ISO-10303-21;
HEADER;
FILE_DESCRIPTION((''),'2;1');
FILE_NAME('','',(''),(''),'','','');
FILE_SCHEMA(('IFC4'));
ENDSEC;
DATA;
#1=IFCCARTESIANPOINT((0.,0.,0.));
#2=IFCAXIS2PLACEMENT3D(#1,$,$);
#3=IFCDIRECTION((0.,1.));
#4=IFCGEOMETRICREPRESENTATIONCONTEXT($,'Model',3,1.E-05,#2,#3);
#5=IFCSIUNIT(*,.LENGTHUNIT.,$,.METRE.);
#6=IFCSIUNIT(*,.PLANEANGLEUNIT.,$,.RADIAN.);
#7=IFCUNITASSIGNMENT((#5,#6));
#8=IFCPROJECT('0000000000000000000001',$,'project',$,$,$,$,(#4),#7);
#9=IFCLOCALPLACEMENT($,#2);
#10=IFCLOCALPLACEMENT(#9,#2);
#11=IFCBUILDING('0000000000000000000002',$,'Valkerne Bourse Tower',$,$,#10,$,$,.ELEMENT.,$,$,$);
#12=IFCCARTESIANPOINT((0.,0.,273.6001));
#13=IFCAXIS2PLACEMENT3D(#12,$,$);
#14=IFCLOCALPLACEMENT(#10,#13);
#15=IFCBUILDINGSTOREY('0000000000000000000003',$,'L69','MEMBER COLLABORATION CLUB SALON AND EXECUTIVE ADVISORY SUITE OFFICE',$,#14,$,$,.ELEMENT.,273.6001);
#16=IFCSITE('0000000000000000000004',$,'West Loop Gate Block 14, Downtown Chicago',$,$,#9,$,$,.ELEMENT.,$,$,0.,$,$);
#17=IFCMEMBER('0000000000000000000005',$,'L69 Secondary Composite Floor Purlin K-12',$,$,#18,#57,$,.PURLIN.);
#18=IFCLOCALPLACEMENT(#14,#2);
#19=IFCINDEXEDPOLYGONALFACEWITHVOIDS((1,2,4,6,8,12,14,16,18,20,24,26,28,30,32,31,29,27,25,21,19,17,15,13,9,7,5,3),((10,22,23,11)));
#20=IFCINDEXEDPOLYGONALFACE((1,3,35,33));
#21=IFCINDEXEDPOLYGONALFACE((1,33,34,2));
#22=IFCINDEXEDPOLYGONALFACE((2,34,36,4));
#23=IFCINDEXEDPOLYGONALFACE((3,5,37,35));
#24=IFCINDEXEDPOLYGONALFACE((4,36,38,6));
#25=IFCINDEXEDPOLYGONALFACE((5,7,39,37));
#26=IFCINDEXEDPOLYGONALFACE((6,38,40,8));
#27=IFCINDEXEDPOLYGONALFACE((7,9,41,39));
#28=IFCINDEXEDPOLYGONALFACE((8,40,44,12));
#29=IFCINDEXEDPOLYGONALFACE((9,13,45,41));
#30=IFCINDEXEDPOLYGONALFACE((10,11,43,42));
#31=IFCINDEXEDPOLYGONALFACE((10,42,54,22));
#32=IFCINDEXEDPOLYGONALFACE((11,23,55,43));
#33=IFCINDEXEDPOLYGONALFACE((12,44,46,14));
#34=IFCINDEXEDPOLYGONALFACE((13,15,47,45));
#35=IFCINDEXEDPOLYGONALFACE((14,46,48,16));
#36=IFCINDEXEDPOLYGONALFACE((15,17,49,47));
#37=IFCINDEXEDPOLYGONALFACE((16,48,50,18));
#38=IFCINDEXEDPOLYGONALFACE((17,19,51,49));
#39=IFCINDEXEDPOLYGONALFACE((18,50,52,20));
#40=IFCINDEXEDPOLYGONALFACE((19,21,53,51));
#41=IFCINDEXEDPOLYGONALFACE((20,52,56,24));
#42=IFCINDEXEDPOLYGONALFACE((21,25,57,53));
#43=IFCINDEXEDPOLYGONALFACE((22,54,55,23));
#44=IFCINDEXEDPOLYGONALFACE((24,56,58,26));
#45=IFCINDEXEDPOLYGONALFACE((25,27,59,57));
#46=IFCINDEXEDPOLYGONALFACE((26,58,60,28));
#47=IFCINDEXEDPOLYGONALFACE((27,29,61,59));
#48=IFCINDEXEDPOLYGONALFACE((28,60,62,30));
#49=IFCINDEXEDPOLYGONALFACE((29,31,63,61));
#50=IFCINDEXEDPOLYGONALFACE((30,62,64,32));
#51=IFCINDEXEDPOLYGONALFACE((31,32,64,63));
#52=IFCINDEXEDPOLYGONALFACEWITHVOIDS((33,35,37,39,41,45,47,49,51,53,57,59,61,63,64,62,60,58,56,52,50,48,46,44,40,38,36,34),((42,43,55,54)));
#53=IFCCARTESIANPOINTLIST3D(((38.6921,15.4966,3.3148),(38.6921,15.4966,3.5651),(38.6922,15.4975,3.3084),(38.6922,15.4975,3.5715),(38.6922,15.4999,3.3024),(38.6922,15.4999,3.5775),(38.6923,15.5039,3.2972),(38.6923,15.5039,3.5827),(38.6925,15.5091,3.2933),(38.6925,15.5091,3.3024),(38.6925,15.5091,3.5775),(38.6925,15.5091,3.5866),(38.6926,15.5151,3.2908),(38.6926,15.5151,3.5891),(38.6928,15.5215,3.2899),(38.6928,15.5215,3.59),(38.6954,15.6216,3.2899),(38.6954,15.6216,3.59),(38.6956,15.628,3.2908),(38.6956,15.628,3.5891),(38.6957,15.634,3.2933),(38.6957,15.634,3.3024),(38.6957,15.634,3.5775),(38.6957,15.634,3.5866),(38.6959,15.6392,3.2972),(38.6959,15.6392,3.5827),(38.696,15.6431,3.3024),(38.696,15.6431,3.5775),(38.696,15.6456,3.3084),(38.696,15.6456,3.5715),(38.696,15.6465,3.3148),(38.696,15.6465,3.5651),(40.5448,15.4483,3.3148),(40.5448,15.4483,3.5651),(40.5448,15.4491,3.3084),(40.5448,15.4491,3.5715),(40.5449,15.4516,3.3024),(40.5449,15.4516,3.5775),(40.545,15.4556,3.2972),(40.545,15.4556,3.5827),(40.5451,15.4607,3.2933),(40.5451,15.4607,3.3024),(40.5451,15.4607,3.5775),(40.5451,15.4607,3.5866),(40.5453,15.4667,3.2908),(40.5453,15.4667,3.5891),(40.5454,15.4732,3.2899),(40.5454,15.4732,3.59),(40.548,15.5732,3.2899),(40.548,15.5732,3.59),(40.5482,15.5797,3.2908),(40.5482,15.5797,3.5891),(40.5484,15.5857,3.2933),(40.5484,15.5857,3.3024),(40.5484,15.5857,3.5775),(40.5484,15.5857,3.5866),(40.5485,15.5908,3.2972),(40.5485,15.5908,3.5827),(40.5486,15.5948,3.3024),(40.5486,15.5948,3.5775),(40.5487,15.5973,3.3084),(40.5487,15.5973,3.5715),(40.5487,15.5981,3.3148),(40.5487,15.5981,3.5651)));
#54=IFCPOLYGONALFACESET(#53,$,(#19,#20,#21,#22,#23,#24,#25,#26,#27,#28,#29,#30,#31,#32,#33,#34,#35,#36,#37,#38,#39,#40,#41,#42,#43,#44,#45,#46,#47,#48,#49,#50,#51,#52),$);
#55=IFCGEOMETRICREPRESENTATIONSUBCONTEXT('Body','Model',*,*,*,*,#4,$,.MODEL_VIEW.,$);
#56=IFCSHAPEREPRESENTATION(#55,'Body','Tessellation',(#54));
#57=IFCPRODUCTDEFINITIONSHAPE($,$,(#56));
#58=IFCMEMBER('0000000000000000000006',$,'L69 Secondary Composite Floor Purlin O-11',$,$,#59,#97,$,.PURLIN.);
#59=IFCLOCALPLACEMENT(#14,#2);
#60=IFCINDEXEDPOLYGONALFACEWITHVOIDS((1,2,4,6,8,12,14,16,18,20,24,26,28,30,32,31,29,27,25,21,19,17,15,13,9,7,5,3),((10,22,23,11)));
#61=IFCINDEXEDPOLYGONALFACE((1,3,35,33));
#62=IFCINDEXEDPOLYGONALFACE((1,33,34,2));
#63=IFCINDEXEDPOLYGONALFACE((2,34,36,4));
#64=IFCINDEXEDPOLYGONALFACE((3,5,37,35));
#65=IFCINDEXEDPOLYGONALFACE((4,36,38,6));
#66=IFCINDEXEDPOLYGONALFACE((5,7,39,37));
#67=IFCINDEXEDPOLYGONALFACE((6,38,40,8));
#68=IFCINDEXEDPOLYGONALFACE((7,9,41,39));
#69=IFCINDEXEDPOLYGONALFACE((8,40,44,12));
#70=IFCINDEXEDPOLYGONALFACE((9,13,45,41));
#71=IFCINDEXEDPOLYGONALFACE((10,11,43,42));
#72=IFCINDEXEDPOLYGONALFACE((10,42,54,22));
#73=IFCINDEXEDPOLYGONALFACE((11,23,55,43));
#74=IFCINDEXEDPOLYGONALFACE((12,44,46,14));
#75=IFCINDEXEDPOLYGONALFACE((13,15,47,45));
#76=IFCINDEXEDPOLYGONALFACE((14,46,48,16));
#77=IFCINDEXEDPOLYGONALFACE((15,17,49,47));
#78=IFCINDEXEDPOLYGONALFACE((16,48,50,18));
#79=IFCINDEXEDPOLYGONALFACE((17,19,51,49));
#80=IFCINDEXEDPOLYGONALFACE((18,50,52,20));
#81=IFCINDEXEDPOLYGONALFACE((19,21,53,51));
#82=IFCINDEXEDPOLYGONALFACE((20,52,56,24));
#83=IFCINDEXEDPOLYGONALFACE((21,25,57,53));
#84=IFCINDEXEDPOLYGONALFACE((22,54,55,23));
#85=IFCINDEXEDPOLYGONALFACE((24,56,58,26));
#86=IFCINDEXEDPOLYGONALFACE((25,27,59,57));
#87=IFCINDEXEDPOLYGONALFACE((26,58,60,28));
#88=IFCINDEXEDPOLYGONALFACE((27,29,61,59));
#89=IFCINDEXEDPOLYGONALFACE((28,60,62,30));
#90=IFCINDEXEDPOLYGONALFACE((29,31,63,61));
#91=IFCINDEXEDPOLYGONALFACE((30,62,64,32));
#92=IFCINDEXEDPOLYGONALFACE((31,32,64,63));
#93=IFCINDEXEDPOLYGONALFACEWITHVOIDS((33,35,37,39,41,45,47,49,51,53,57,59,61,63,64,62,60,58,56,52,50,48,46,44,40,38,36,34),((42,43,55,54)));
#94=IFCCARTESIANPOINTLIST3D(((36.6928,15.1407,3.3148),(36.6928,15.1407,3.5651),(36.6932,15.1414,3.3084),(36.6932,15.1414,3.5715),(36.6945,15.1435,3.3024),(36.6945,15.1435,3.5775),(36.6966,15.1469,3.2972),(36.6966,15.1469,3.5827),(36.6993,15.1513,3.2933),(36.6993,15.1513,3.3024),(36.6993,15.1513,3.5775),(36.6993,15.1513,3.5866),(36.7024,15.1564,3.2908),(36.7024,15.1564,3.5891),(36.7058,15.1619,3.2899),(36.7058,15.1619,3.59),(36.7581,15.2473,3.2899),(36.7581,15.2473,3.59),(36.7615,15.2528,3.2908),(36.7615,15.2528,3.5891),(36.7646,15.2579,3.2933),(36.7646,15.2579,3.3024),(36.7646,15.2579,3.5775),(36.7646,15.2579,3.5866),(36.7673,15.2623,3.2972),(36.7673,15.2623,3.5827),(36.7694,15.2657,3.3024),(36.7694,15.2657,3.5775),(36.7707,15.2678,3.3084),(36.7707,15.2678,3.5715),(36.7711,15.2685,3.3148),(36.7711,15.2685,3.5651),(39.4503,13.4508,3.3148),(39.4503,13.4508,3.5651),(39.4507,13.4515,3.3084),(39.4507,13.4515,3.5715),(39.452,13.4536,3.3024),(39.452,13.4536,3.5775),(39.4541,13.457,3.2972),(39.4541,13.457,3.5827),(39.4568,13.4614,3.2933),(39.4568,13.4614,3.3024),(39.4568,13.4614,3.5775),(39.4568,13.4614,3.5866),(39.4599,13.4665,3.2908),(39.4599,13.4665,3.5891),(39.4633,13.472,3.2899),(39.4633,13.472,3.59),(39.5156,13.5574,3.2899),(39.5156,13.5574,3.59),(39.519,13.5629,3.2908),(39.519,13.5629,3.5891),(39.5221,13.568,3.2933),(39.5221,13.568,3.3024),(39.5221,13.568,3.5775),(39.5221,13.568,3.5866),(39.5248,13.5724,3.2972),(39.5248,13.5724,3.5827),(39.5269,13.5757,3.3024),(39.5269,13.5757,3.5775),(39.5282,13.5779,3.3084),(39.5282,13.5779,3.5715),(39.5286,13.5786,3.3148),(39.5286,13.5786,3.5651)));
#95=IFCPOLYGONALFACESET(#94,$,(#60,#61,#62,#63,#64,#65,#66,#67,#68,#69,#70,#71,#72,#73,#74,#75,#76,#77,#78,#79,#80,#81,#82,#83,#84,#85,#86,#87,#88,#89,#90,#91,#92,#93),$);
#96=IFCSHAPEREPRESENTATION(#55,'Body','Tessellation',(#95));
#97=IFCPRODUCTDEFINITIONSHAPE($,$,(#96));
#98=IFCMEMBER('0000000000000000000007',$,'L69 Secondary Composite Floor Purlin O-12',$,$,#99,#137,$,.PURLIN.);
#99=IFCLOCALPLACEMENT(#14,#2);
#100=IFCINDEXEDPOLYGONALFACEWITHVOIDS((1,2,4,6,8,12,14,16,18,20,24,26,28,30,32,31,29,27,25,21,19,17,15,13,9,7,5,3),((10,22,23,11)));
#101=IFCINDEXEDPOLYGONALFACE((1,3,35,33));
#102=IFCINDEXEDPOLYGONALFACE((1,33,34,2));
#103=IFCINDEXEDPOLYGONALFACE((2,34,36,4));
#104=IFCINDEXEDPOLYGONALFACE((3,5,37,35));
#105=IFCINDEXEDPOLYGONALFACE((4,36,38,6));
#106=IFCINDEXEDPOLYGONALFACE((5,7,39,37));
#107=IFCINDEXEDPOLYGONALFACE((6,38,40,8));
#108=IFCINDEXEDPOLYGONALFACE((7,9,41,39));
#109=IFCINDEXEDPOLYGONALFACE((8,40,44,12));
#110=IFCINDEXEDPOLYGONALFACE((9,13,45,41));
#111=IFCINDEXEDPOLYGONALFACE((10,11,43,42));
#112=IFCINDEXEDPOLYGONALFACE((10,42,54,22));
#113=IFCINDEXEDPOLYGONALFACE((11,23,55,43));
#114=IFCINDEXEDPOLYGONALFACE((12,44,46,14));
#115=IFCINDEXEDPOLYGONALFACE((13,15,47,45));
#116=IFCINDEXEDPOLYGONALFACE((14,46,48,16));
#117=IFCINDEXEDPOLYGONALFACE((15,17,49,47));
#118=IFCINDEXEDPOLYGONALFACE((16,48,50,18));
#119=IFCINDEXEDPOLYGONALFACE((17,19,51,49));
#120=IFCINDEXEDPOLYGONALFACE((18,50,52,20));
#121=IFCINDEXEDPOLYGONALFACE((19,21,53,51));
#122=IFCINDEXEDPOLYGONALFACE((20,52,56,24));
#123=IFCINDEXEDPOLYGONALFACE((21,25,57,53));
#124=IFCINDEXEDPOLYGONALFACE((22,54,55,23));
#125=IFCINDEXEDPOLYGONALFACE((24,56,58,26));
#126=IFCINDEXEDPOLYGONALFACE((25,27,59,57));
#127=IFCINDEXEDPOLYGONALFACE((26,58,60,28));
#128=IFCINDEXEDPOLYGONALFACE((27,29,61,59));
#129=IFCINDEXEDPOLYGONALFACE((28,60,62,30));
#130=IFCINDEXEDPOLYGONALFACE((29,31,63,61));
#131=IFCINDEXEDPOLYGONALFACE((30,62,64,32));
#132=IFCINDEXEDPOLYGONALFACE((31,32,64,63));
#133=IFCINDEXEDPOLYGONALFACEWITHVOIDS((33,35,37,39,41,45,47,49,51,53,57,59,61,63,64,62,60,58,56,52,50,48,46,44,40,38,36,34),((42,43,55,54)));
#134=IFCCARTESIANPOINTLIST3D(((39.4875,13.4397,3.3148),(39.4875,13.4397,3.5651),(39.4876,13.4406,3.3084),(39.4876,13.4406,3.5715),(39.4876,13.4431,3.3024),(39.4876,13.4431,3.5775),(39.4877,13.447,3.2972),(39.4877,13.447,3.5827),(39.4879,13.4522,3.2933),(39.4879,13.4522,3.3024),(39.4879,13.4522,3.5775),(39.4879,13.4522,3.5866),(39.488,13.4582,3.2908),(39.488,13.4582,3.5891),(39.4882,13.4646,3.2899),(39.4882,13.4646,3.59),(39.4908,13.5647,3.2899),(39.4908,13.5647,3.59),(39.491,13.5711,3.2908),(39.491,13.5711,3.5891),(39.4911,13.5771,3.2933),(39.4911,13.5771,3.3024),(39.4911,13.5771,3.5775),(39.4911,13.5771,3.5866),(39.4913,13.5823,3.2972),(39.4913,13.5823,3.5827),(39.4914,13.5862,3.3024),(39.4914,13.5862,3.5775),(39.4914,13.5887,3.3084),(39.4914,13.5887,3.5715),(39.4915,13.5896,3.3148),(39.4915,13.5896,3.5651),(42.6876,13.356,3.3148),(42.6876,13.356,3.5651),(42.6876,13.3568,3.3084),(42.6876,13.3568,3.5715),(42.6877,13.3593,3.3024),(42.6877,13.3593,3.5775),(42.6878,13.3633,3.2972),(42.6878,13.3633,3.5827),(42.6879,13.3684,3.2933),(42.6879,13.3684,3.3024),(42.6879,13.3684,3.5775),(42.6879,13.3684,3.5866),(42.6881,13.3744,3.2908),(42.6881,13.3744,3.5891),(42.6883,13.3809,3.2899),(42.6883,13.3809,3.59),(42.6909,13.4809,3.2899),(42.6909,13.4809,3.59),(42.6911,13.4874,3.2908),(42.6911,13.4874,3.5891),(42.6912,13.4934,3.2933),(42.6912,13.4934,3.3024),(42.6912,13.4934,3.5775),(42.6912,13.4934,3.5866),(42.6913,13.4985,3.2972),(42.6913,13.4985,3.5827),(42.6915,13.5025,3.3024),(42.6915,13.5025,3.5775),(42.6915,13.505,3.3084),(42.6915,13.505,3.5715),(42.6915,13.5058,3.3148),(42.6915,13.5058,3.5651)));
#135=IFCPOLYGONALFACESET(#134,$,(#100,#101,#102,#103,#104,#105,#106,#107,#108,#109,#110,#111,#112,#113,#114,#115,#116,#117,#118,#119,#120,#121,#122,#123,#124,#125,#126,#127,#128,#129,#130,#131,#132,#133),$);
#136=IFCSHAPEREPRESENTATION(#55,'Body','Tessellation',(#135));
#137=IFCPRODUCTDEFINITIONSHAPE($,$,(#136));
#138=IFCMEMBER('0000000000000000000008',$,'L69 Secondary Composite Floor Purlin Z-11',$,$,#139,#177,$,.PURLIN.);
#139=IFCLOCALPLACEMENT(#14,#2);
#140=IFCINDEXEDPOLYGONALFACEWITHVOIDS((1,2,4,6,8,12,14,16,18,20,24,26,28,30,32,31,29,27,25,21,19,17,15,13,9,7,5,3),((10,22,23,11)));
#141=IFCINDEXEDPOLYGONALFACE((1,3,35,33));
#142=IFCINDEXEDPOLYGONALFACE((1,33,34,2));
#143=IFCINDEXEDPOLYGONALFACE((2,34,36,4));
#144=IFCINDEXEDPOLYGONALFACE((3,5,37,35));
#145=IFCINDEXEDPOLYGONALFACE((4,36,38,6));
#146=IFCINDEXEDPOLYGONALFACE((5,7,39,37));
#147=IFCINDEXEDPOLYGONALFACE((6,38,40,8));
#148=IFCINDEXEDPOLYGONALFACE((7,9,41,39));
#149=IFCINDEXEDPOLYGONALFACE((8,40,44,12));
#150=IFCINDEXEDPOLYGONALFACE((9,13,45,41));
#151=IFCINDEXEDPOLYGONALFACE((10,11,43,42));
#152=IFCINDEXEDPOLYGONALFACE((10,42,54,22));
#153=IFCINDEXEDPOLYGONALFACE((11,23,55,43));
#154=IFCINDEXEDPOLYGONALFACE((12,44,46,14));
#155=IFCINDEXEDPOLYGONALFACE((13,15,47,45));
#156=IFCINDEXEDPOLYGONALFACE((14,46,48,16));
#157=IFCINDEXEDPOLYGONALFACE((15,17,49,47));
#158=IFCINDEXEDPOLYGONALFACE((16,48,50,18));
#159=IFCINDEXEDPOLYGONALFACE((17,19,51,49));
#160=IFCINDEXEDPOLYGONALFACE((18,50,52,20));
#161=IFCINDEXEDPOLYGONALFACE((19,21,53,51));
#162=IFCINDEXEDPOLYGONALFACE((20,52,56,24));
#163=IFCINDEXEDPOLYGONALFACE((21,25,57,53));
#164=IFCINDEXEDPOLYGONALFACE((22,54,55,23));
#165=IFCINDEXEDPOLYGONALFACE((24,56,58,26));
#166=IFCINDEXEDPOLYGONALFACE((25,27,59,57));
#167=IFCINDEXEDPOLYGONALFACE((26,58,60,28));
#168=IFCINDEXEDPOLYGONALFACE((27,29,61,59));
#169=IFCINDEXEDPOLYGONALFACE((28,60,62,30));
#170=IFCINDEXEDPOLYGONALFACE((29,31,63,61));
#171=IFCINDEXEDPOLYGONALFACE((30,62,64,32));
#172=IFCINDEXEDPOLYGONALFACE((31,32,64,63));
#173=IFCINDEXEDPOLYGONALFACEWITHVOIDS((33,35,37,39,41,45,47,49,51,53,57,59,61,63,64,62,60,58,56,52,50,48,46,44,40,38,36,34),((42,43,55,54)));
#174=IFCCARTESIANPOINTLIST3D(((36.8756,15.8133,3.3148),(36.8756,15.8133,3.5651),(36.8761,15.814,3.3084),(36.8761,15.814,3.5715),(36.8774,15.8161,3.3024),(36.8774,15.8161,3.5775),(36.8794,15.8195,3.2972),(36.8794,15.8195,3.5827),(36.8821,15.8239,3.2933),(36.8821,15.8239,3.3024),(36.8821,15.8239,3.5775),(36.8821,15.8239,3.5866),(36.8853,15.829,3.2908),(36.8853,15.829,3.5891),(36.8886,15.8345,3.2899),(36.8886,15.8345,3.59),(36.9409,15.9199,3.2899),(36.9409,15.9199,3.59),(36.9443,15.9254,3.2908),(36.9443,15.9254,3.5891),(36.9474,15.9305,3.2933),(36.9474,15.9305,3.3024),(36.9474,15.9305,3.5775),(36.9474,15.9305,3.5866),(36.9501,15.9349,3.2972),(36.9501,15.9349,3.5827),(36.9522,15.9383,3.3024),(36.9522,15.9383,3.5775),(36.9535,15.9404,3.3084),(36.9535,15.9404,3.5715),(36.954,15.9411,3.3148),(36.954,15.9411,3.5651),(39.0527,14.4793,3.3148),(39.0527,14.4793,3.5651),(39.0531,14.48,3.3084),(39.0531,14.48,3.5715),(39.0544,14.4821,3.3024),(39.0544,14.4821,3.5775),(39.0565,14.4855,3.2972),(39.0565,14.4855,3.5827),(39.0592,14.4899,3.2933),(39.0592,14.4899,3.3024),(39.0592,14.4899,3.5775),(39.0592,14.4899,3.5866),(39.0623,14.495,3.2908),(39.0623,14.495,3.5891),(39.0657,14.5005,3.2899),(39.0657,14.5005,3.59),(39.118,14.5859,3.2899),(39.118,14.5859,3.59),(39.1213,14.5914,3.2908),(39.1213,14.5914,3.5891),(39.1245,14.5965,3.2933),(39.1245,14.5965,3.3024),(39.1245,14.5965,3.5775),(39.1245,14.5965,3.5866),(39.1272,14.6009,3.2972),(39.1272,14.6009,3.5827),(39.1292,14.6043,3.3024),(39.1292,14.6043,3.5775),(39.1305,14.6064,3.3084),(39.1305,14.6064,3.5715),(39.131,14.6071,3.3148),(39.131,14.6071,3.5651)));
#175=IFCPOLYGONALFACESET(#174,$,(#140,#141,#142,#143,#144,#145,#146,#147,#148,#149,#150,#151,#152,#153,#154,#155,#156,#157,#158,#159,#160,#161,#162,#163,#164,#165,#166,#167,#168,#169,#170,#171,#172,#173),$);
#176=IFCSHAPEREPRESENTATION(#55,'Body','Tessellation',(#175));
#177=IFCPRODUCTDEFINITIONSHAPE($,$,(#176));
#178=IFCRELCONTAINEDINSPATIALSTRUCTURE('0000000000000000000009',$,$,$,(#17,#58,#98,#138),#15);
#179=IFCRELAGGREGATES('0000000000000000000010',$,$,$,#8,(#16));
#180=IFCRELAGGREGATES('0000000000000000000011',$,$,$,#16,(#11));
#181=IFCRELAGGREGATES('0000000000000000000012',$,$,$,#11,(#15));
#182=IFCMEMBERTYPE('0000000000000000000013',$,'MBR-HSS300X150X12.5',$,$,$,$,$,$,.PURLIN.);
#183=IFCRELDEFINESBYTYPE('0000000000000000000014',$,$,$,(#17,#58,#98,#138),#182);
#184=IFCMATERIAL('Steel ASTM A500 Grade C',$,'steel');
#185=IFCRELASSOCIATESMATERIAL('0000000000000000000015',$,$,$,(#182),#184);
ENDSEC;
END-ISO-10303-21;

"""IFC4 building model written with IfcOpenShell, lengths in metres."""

from ifc_helpers import new_model, si_unit, direction, frame, origin, origin_2d, place, context, subcontext, project, spatial, hollow_rectangle, extrude, material, material_profile, profile_set, type_object, element, save


model = new_model("IFC4")

# Units and contexts
model_context = context("Model", 3, precision=1e-05, world=origin(), true_north=direction((0.0, 1.0)))
body_context = subcontext(model_context, "Body", "Model", "MODEL_VIEW")
ifc_project = project(units=[si_unit("LENGTHUNIT", "METRE"), si_unit("PLANEANGLEUNIT", "RADIAN")], contexts=[model_context])

# Site, building, storey
site_placement = place(None, origin())
site = spatial("IfcSite", under=ifc_project, at=site_placement, Name="West Loop Gate Block 14, Downtown Chicago", CompositionType="ELEMENT", RefElevation=0.0)
building_placement = place(site_placement, origin())
building = spatial("IfcBuilding", under=site, at=building_placement, Name="Valkerne Bourse Tower", CompositionType="ELEMENT")
storey_placement = place(building_placement, frame((0.0, 0.0, 273.6001)))
storey = spatial("IfcBuildingStorey", under=building, at=storey_placement, Name="L69", Description="MEMBER COLLABORATION CLUB SALON AND EXECUTIVE ADVISORY SUITE OFFICE", CompositionType="ELEMENT", Elevation=273.6001)

# Members
ifc_material_1 = material(Name="Steel ASTM A500 Grade C", Category="steel")
ifc_material_profile_1 = material_profile(ifc_material_1, hollow_rectangle(XDim=0.1499, YDim=0.3, WallThickness=0.0125, OuterFilletRadius=0.0249, at=origin_2d()), Name="HSS300X150X12.5")
ifc_profile_set_1 = profile_set([ifc_material_profile_1], Name="Steel ASTM A500 Grade C")
member_type_1 = type_object("IfcMemberType", Name="MBR-HSS300X150X12.5", PredefinedType="PURLIN", material=ifc_profile_set_1)
member_1_placement = place(storey_placement, frame((38.6941, 15.5715, 3.4399), z_axis=(0.99966, -0.026085, 0.0), x_axis=(0.026085, 0.99966, 0.0)))
element("IfcMember", 1, at=member_1_placement, inside=storey, type_object=member_type_1, Name="L69 Secondary Composite Floor Purlin K-12", PredefinedType="PURLIN", context=body_context, shape_type="SweptSolid", body=[
    extrude(hollow_rectangle(XDim=0.1499, YDim=0.3, WallThickness=0.0125, OuterFilletRadius=0.0249, at=origin_2d()), origin(), (0.0, 0.0, 1.0), 1.8533),
])
member_2_placement = place(storey_placement, frame((36.7319, 15.2046, 3.4399), z_axis=(0.852626, -0.522521, 0.0), x_axis=(0.522521, 0.852626, 0.0)))
element("IfcMember", 2, at=member_2_placement, inside=storey, type_object=member_type_1, Name="L69 Secondary Composite Floor Purlin O-11", PredefinedType="PURLIN", context=body_context, shape_type="SweptSolid", body=[
    extrude(hollow_rectangle(XDim=0.1499, YDim=0.3, WallThickness=0.0125, OuterFilletRadius=0.0249, at=origin_2d()), origin(), (0.0, 0.0, 1.0), 3.2341),
])
member_3_placement = place(storey_placement, frame((39.4895, 13.5146, 3.4399), z_axis=(0.999658, -0.026158, 0.0), x_axis=(0.026158, 0.999658, 0.0)))
element("IfcMember", 3, at=member_3_placement, inside=storey, type_object=member_type_1, Name="L69 Secondary Composite Floor Purlin O-12", PredefinedType="PURLIN", context=body_context, shape_type="SweptSolid", body=[
    extrude(hollow_rectangle(XDim=0.1499, YDim=0.3, WallThickness=0.0125, OuterFilletRadius=0.0249, at=origin_2d()), origin(), (0.0, 0.0, 1.0), 3.2012),
])
member_4_placement = place(storey_placement, frame((36.9148, 15.8772, 3.4399), z_axis=(0.852655, -0.522475, 0.0), x_axis=(0.522475, 0.852655, 0.0)))
element("IfcMember", 4, at=member_4_placement, inside=storey, type_object=member_type_1, Name="L69 Secondary Composite Floor Purlin Z-11", PredefinedType="PURLIN", context=body_context, shape_type="SweptSolid", body=[
    extrude(hollow_rectangle(XDim=0.1499, YDim=0.3, WallThickness=0.0125, OuterFilletRadius=0.0249, at=origin_2d()), origin(), (0.0, 0.0, 1.0), 2.5532),
])

save(model, "model.ifc")
